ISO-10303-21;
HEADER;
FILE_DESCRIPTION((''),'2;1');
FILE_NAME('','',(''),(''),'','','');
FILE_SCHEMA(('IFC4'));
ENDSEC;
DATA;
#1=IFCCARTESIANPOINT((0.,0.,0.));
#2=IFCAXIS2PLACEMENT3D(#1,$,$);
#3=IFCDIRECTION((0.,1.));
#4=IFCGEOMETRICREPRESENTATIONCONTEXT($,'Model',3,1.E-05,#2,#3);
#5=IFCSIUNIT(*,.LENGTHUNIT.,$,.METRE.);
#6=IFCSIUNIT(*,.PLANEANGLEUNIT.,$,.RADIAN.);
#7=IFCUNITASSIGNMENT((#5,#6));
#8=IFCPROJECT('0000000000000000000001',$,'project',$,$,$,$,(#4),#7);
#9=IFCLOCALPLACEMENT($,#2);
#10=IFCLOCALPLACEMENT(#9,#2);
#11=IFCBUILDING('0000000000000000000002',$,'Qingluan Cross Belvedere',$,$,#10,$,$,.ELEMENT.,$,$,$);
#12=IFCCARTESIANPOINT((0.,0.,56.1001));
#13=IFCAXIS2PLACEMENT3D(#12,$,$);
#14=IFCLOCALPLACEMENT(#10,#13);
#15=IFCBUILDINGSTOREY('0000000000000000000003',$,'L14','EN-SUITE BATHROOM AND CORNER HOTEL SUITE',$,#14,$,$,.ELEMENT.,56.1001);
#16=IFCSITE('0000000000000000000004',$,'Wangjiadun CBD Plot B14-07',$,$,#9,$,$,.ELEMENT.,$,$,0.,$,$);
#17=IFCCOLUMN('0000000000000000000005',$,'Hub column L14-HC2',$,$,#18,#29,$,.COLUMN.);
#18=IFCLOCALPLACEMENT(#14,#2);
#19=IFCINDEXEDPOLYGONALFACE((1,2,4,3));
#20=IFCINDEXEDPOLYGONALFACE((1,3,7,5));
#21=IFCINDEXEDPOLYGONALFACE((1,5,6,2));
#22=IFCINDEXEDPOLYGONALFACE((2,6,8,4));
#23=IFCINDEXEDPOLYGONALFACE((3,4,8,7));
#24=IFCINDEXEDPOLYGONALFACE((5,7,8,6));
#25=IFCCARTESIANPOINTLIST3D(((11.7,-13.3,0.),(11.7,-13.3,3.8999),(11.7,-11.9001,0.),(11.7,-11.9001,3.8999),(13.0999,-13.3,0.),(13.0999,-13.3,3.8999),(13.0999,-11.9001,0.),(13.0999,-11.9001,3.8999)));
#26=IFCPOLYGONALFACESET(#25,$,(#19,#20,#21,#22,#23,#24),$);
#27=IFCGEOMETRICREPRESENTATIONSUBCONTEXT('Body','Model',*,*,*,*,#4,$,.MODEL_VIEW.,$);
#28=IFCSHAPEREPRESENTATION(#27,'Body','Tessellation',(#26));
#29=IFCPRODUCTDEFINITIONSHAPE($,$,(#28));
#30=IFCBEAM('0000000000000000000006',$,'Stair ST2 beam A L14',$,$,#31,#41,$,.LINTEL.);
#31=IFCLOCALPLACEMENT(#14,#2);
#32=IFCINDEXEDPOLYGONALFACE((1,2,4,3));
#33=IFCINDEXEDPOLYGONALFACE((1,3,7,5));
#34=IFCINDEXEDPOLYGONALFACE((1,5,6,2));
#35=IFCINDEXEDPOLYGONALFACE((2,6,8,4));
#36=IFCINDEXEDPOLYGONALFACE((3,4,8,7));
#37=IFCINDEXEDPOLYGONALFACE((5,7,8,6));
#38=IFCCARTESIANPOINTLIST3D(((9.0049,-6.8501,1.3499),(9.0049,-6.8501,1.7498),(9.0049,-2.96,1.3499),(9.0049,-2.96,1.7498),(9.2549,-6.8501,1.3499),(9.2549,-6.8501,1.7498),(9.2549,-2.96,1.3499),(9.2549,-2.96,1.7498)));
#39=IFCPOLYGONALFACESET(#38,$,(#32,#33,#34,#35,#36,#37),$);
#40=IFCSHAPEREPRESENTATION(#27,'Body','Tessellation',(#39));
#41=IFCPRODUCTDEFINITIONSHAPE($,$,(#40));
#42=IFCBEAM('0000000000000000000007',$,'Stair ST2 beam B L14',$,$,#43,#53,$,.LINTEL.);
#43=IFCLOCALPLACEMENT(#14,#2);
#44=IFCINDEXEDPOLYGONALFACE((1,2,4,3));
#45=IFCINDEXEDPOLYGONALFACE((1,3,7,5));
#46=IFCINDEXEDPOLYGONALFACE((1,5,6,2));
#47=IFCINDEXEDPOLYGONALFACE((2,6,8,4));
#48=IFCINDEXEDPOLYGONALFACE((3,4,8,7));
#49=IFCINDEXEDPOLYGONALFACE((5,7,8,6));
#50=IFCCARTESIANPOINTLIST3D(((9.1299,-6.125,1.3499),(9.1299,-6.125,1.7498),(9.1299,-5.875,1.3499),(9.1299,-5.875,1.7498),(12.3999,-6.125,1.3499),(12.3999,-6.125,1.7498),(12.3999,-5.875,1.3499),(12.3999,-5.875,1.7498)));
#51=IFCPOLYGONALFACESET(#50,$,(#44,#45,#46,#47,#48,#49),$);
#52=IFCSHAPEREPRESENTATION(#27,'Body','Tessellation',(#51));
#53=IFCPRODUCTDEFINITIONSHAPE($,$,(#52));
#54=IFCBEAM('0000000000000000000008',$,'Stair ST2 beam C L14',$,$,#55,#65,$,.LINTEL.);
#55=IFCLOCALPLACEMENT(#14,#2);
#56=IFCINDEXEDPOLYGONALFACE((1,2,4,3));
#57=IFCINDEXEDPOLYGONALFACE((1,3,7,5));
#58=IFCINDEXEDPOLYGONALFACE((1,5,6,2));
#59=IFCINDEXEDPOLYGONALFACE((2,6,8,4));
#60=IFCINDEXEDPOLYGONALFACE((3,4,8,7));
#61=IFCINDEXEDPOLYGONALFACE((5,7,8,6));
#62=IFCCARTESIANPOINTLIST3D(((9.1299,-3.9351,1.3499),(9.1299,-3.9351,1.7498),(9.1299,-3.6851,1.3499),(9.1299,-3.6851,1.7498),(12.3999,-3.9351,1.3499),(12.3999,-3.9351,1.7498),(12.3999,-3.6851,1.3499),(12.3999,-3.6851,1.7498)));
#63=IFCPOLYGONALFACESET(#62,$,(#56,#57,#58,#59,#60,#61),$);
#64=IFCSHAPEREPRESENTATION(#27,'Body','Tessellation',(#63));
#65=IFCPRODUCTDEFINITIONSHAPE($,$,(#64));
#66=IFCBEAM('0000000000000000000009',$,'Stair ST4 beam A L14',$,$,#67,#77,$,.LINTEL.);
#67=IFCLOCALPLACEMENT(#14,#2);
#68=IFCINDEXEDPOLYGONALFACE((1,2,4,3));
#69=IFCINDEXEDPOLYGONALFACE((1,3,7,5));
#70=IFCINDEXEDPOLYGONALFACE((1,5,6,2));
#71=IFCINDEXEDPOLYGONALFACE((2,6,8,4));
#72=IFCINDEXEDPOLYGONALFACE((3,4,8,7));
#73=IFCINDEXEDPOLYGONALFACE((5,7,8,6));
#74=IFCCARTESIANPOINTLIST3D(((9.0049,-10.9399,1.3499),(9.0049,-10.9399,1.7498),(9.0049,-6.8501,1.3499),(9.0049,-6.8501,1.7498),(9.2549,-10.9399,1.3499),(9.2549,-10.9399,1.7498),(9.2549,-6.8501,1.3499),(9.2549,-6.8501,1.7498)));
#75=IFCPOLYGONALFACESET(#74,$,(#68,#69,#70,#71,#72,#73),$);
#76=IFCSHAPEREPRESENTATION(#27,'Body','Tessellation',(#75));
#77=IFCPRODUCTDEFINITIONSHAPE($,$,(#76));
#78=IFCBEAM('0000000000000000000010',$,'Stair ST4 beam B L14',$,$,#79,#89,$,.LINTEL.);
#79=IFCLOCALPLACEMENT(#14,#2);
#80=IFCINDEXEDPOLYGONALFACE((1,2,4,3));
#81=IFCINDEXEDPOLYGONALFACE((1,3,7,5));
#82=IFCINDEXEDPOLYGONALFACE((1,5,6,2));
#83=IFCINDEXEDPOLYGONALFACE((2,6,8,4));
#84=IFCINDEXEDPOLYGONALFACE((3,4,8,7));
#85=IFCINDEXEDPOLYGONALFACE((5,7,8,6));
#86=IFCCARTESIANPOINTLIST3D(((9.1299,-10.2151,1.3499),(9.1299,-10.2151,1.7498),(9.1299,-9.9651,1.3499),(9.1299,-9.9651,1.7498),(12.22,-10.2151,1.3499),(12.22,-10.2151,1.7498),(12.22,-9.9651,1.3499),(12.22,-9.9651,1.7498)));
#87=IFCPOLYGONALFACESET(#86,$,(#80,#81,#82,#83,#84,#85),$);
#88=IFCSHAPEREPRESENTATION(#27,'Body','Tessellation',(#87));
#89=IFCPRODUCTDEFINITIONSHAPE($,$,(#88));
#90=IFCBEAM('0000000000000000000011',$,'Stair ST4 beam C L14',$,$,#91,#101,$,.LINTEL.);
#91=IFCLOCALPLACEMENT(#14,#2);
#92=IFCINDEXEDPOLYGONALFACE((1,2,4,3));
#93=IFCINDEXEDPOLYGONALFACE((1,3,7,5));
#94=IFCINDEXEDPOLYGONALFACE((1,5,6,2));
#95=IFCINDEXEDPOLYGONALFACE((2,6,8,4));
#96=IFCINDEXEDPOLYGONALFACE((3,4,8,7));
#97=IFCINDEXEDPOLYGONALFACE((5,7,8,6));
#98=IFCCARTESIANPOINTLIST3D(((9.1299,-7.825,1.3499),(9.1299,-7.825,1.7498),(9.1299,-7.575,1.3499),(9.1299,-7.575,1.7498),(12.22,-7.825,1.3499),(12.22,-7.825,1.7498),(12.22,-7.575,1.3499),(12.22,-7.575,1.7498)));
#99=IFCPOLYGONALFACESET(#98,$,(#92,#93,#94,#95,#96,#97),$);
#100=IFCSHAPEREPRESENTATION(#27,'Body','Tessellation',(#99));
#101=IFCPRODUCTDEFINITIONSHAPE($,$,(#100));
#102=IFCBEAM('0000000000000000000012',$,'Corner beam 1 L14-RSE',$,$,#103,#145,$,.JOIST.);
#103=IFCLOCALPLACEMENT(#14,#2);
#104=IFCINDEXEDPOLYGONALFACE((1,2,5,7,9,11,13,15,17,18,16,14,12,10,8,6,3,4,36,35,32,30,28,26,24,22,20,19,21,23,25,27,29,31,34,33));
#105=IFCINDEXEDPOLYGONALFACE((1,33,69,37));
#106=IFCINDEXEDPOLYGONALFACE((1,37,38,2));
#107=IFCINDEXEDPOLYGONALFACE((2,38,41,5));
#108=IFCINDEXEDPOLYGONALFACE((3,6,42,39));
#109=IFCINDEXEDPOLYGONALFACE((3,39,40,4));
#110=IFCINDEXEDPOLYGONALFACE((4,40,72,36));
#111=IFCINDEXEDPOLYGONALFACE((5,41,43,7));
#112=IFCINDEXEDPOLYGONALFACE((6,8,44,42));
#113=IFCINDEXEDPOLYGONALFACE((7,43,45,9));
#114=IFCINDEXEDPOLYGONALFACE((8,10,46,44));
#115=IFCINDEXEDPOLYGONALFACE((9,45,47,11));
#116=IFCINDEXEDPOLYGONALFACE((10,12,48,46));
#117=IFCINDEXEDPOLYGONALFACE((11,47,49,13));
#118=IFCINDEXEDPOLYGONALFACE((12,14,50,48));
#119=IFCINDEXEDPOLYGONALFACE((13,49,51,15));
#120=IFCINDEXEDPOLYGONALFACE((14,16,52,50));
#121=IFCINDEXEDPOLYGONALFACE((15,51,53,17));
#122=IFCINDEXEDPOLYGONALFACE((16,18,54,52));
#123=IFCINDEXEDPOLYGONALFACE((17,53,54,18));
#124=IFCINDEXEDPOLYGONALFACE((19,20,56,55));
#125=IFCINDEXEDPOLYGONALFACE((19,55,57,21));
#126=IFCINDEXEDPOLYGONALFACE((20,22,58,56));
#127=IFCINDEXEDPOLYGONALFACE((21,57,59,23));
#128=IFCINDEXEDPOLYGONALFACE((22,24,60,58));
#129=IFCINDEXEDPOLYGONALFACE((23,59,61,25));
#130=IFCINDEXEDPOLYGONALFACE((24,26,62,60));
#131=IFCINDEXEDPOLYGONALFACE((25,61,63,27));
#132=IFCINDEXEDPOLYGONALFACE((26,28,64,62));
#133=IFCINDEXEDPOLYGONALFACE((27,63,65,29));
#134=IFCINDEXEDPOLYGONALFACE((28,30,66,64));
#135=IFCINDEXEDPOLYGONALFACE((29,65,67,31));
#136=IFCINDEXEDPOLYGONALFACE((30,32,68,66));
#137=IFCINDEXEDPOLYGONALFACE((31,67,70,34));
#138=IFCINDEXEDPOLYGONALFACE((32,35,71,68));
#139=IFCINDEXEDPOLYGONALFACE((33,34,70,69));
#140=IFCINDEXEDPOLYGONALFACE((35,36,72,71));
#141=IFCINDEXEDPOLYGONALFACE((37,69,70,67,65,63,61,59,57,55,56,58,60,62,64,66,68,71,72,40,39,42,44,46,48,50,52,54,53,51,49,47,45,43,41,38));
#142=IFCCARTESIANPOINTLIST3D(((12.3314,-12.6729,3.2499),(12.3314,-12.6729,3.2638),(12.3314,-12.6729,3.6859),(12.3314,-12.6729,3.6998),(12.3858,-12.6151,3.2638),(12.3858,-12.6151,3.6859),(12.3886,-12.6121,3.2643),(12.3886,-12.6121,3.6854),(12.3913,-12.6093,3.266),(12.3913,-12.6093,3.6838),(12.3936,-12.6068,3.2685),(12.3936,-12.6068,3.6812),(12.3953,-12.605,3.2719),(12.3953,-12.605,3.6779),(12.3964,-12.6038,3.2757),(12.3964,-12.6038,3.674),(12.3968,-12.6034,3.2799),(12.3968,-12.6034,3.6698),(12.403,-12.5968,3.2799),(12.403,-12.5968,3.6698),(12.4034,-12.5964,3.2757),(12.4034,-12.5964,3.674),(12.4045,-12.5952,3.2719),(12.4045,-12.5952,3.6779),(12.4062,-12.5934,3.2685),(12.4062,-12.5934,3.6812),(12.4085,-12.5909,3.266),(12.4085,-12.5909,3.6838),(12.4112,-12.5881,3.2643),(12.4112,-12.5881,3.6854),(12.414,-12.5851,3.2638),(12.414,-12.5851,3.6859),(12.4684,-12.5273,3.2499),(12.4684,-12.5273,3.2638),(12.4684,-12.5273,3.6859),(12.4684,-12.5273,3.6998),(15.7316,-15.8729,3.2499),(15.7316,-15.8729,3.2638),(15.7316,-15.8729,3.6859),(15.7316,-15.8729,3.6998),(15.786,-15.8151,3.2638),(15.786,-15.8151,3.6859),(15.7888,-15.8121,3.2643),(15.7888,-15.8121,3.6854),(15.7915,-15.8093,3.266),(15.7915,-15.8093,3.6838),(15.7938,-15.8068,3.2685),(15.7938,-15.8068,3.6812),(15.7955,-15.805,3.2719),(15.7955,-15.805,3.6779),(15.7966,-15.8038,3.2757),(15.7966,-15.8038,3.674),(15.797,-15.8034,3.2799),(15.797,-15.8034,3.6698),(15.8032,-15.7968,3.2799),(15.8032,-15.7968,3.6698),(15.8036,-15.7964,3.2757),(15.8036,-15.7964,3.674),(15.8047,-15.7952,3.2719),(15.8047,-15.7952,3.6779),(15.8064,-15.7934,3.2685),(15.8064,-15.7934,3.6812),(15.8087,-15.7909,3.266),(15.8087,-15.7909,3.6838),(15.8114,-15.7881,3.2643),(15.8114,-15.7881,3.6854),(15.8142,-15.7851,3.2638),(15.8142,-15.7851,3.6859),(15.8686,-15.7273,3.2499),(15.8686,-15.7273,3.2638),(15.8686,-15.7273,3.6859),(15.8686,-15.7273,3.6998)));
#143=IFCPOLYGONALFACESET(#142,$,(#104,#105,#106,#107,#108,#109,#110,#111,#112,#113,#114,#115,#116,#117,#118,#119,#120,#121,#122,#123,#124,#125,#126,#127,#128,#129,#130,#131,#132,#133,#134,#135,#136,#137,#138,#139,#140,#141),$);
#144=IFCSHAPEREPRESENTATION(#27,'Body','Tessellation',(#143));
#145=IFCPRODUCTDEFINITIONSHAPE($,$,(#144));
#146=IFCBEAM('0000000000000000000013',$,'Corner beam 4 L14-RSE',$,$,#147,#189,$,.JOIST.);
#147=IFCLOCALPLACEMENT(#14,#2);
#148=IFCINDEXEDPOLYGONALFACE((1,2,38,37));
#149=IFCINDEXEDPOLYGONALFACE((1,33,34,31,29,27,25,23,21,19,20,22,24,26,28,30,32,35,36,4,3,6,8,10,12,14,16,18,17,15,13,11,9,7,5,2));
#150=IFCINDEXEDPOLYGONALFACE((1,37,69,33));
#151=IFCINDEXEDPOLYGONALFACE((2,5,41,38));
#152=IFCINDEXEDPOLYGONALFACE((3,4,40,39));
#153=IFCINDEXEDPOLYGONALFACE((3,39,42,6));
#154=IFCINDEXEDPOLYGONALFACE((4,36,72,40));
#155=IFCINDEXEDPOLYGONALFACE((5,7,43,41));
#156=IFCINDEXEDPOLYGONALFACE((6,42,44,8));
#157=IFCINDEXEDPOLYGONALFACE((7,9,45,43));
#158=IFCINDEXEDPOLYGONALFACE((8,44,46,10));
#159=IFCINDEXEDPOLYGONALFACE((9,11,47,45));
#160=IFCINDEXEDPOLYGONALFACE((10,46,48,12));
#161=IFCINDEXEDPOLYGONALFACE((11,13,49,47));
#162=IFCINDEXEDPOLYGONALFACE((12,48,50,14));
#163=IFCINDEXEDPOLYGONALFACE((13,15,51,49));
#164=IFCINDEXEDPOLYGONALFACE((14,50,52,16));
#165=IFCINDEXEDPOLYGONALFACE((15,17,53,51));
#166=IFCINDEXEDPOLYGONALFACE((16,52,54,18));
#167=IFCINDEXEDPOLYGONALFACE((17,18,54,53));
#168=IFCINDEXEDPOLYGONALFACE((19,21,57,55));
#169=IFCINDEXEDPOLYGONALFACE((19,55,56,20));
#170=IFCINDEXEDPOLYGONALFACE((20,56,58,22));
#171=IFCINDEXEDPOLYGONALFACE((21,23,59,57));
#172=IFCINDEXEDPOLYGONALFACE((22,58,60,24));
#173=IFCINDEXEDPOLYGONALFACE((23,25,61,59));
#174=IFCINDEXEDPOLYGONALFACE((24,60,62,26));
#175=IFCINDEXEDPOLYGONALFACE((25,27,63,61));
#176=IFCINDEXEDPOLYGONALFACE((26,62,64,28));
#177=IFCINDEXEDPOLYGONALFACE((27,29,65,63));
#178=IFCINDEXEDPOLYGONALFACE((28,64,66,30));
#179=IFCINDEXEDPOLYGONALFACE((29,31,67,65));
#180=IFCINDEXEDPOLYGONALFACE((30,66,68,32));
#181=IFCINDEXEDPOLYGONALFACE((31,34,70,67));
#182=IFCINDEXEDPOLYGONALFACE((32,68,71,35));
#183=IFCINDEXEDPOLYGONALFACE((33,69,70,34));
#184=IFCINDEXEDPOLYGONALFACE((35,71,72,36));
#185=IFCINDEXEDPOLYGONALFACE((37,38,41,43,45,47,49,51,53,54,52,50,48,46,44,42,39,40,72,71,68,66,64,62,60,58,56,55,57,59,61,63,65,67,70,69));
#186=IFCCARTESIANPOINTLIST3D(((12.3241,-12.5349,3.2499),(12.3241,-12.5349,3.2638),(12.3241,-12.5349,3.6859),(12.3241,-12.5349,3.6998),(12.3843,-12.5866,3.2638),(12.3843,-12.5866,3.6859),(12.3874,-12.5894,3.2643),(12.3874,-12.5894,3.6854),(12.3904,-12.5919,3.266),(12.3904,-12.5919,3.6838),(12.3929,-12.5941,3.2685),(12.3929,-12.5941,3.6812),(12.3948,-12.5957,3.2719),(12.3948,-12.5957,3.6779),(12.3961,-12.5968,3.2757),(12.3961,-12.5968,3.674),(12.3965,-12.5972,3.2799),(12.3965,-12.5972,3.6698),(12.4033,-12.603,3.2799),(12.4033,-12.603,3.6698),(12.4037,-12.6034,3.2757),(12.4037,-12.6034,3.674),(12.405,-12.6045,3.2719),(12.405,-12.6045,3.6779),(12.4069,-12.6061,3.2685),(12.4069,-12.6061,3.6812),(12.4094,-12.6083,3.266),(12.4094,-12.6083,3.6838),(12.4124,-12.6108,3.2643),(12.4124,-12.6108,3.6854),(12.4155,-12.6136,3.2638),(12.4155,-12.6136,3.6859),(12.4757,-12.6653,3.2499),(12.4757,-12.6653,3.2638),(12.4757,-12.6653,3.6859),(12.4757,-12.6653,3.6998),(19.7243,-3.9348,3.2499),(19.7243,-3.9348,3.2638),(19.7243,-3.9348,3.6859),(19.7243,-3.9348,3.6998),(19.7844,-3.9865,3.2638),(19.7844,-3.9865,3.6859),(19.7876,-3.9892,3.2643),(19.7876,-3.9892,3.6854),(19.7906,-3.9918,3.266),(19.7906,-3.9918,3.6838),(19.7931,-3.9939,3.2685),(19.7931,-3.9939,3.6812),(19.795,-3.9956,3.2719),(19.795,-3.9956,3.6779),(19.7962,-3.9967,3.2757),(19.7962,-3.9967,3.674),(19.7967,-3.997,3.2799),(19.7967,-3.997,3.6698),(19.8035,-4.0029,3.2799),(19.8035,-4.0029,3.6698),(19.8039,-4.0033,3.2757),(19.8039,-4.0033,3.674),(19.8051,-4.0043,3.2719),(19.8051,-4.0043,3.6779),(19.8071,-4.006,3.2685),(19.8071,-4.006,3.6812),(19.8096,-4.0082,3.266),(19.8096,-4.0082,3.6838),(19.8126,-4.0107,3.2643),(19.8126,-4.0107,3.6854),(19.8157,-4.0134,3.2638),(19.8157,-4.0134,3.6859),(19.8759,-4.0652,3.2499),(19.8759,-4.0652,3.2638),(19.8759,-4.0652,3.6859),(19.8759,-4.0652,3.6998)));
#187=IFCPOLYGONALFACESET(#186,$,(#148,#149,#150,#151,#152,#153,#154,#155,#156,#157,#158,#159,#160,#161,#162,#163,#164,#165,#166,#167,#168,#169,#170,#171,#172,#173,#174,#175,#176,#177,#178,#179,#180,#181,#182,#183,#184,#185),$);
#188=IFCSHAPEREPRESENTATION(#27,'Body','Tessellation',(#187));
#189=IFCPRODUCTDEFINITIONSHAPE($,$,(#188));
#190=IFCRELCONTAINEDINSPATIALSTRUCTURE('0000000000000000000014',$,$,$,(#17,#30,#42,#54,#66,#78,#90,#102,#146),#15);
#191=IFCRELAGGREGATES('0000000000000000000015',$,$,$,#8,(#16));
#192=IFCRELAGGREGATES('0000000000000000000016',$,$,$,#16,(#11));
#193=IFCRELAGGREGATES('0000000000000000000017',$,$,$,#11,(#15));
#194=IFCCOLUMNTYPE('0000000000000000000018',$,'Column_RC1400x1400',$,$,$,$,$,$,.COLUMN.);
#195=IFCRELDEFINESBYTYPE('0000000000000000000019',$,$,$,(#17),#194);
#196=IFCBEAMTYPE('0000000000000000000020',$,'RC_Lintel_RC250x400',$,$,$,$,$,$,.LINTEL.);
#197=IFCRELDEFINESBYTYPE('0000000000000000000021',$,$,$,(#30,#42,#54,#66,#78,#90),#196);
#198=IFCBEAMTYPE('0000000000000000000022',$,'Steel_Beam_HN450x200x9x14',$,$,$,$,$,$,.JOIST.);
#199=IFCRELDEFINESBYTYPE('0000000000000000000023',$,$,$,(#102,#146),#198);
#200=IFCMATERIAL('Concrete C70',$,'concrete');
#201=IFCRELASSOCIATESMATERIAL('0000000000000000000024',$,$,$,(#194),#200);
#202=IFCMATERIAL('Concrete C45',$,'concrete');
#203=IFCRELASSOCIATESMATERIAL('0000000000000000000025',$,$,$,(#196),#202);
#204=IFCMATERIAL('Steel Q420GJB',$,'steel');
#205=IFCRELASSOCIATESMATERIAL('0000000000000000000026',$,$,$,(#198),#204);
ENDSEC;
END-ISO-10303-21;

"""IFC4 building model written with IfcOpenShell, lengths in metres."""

from ifc_helpers import new_model, si_unit, direction, frame, origin, origin_2d, place, context, subcontext, project, spatial, rectangle, i_section, extrude, material, material_profile, profile_set, type_object, element, save


model = new_model("IFC4")

# Units and contexts
model_context = context("Model", 3, precision=1e-05, world=origin(), true_north=direction((0.0, 1.0)))
body_context = subcontext(model_context, "Body", "Model", "MODEL_VIEW")
ifc_project = project(units=[si_unit("LENGTHUNIT", "METRE"), si_unit("PLANEANGLEUNIT", "RADIAN")], contexts=[model_context])

# Site, building, storey
site_placement = place(None, origin())
site = spatial("IfcSite", under=ifc_project, at=site_placement, Name="Wangjiadun CBD Plot B14-07", CompositionType="ELEMENT", RefElevation=0.0)
building_placement = place(site_placement, origin())
building = spatial("IfcBuilding", under=site, at=building_placement, Name="Qingluan Cross Belvedere", CompositionType="ELEMENT")
storey_placement = place(building_placement, frame((0.0, 0.0, 56.1001)))
storey = spatial("IfcBuildingStorey", under=building, at=storey_placement, Name="L14", Description="EN-SUITE BATHROOM AND CORNER HOTEL SUITE", CompositionType="ELEMENT", Elevation=56.1001)

# Column
ifc_material_1 = material(Name="Concrete C70", Category="concrete")
ifc_material_profile_1 = material_profile(ifc_material_1, rectangle(XDim=1.3999, YDim=1.3999, at=origin_2d()), Name="RC1400x1400")
ifc_profile_set_1 = profile_set([ifc_material_profile_1], Name="Concrete C70")
column_type = type_object("IfcColumnType", Name="Column_RC1400x1400", PredefinedType="COLUMN", material=ifc_profile_set_1)
column_placement = place(storey_placement, frame((12.3999, -12.6001, 0.0), z_axis=(0.0, 0.0, 1.0), x_axis=(1.0, 0.0, 0.0)))
element("IfcColumn", 1, at=column_placement, inside=storey, type_object=column_type, Name="Hub column L14-HC2", PredefinedType="COLUMN", context=body_context, shape_type="SweptSolid", body=[
    extrude(rectangle(XDim=1.3999, YDim=1.3999, at=origin_2d()), origin(), (0.0, 0.0, 1.0), 3.8999),
])

# Beams
ifc_material_2 = material(Name="Concrete C45", Category="concrete")
ifc_material_profile_2 = material_profile(ifc_material_2, rectangle(XDim=0.25, YDim=0.3999, at=origin_2d()), Name="RC250x400")
ifc_profile_set_2 = profile_set([ifc_material_profile_2], Name="Concrete C45")
beam_type_1 = type_object("IfcBeamType", Name="RC_Lintel_RC250x400", PredefinedType="LINTEL", material=ifc_profile_set_2)
beam_1_placement = place(storey_placement, frame((9.1299, -6.8501, 1.5498), z_axis=(0.0, 1.0, 0.0), x_axis=(-1.0, 0.0, 0.0)))
element("IfcBeam", 2, at=beam_1_placement, inside=storey, type_object=beam_type_1, Name="Stair ST2 beam A L14", PredefinedType="LINTEL", context=body_context, shape_type="SweptSolid", body=[
    extrude(rectangle(XDim=0.25, YDim=0.3999, at=origin_2d()), origin(), (0.0, 0.0, 1.0), 3.8901),
])
for number, where, z_axis, x_axis, name in (
    (3, (12.3999, -6.0, 1.5498), (-1.0, 0.0, 0.0), (0.0, -1.0, 0.0), "Stair ST2 beam B L14"),
    (4, (12.3999, -3.8101, 1.5498), (-1.0, 0.0, 0.0), (0.0, -1.0, 0.0), "Stair ST2 beam C L14"),
):
    element("IfcBeam", number, at=place(storey_placement, frame(where, z_axis=z_axis, x_axis=x_axis)), inside=storey, type_object=beam_type_1, Name=name, PredefinedType="LINTEL", context=body_context, shape_type="SweptSolid", body=[
        extrude(rectangle(XDim=0.25, YDim=0.3999, at=origin_2d()), origin(), (0.0, 0.0, 1.0), 3.27),
    ])
beam_2_placement = place(storey_placement, frame((9.1299, -10.9399, 1.5498), z_axis=(0.0, 1.0, 0.0), x_axis=(-1.0, 0.0, 0.0)))
element("IfcBeam", 5, at=beam_2_placement, inside=storey, type_object=beam_type_1, Name="Stair ST4 beam A L14", PredefinedType="LINTEL", context=body_context, shape_type="SweptSolid", body=[
    extrude(rectangle(XDim=0.25, YDim=0.3999, at=origin_2d()), origin(), (0.0, 0.0, 1.0), 4.0898),
])
for number, where, z_axis, x_axis, name in (
    (6, (12.22, -10.0901, 1.5498), (-1.0, 0.0, 0.0), (0.0, -1.0, 0.0), "Stair ST4 beam B L14"),
    (7, (12.22, -7.7, 1.5498), (-1.0, 0.0, 0.0), (0.0, -1.0, 0.0), "Stair ST4 beam C L14"),
):
    element("IfcBeam", number, at=place(storey_placement, frame(where, z_axis=z_axis, x_axis=x_axis)), inside=storey, type_object=beam_type_1, Name=name, PredefinedType="LINTEL", context=body_context, shape_type="SweptSolid", body=[
        extrude(rectangle(XDim=0.25, YDim=0.3999, at=origin_2d()), origin(), (0.0, 0.0, 1.0), 3.0901),
    ])
ifc_material_3 = material(Name="Steel Q420GJB", Category="steel")
ifc_material_profile_3 = material_profile(ifc_material_3, i_section(OverallWidth=0.2, OverallDepth=0.45, WebThickness=0.009, FlangeThickness=0.0139, FilletRadius=0.0161, at=origin_2d()), Name="HN450x200x9x14")
ifc_profile_set_3 = profile_set([ifc_material_profile_3], Name="Steel Q420GJB")
beam_type_2 = type_object("IfcBeamType", Name="Steel_Beam_HN450x200x9x14", PredefinedType="JOIST", material=ifc_profile_set_3)
beam_3_placement = place(storey_placement, frame((12.3999, -12.6001, 3.4749), z_axis=(0.72822, -0.685343, 0.0), x_axis=(0.685343, 0.72822, 0.0)))
element("IfcBeam", 8, at=beam_3_placement, inside=storey, type_object=beam_type_2, Name="Corner beam 1 L14-RSE", PredefinedType="JOIST", context=body_context, shape_type="SweptSolid", body=[
    extrude(i_section(OverallWidth=0.2, OverallDepth=0.45, WebThickness=0.009, FlangeThickness=0.0139, FilletRadius=0.0161, at=origin_2d()), origin(), (0.0, 0.0, 1.0), 4.6692),
])
beam_4_placement = place(storey_placement, frame((12.3999, -12.6001, 3.4749), z_axis=(0.652245, 0.758008, 0.0), x_axis=(-0.758008, 0.652245, 0.0)))
element("IfcBeam", 9, at=beam_4_placement, inside=storey, type_object=beam_type_2, Name="Corner beam 4 L14-RSE", PredefinedType="JOIST", context=body_context, shape_type="SweptSolid", body=[
    extrude(i_section(OverallWidth=0.2, OverallDepth=0.45, WebThickness=0.009, FlangeThickness=0.0139, FilletRadius=0.0161, at=origin_2d()), origin(), (0.0, 0.0, 1.0), 11.3457),
])

save(model, "model.ifc")
